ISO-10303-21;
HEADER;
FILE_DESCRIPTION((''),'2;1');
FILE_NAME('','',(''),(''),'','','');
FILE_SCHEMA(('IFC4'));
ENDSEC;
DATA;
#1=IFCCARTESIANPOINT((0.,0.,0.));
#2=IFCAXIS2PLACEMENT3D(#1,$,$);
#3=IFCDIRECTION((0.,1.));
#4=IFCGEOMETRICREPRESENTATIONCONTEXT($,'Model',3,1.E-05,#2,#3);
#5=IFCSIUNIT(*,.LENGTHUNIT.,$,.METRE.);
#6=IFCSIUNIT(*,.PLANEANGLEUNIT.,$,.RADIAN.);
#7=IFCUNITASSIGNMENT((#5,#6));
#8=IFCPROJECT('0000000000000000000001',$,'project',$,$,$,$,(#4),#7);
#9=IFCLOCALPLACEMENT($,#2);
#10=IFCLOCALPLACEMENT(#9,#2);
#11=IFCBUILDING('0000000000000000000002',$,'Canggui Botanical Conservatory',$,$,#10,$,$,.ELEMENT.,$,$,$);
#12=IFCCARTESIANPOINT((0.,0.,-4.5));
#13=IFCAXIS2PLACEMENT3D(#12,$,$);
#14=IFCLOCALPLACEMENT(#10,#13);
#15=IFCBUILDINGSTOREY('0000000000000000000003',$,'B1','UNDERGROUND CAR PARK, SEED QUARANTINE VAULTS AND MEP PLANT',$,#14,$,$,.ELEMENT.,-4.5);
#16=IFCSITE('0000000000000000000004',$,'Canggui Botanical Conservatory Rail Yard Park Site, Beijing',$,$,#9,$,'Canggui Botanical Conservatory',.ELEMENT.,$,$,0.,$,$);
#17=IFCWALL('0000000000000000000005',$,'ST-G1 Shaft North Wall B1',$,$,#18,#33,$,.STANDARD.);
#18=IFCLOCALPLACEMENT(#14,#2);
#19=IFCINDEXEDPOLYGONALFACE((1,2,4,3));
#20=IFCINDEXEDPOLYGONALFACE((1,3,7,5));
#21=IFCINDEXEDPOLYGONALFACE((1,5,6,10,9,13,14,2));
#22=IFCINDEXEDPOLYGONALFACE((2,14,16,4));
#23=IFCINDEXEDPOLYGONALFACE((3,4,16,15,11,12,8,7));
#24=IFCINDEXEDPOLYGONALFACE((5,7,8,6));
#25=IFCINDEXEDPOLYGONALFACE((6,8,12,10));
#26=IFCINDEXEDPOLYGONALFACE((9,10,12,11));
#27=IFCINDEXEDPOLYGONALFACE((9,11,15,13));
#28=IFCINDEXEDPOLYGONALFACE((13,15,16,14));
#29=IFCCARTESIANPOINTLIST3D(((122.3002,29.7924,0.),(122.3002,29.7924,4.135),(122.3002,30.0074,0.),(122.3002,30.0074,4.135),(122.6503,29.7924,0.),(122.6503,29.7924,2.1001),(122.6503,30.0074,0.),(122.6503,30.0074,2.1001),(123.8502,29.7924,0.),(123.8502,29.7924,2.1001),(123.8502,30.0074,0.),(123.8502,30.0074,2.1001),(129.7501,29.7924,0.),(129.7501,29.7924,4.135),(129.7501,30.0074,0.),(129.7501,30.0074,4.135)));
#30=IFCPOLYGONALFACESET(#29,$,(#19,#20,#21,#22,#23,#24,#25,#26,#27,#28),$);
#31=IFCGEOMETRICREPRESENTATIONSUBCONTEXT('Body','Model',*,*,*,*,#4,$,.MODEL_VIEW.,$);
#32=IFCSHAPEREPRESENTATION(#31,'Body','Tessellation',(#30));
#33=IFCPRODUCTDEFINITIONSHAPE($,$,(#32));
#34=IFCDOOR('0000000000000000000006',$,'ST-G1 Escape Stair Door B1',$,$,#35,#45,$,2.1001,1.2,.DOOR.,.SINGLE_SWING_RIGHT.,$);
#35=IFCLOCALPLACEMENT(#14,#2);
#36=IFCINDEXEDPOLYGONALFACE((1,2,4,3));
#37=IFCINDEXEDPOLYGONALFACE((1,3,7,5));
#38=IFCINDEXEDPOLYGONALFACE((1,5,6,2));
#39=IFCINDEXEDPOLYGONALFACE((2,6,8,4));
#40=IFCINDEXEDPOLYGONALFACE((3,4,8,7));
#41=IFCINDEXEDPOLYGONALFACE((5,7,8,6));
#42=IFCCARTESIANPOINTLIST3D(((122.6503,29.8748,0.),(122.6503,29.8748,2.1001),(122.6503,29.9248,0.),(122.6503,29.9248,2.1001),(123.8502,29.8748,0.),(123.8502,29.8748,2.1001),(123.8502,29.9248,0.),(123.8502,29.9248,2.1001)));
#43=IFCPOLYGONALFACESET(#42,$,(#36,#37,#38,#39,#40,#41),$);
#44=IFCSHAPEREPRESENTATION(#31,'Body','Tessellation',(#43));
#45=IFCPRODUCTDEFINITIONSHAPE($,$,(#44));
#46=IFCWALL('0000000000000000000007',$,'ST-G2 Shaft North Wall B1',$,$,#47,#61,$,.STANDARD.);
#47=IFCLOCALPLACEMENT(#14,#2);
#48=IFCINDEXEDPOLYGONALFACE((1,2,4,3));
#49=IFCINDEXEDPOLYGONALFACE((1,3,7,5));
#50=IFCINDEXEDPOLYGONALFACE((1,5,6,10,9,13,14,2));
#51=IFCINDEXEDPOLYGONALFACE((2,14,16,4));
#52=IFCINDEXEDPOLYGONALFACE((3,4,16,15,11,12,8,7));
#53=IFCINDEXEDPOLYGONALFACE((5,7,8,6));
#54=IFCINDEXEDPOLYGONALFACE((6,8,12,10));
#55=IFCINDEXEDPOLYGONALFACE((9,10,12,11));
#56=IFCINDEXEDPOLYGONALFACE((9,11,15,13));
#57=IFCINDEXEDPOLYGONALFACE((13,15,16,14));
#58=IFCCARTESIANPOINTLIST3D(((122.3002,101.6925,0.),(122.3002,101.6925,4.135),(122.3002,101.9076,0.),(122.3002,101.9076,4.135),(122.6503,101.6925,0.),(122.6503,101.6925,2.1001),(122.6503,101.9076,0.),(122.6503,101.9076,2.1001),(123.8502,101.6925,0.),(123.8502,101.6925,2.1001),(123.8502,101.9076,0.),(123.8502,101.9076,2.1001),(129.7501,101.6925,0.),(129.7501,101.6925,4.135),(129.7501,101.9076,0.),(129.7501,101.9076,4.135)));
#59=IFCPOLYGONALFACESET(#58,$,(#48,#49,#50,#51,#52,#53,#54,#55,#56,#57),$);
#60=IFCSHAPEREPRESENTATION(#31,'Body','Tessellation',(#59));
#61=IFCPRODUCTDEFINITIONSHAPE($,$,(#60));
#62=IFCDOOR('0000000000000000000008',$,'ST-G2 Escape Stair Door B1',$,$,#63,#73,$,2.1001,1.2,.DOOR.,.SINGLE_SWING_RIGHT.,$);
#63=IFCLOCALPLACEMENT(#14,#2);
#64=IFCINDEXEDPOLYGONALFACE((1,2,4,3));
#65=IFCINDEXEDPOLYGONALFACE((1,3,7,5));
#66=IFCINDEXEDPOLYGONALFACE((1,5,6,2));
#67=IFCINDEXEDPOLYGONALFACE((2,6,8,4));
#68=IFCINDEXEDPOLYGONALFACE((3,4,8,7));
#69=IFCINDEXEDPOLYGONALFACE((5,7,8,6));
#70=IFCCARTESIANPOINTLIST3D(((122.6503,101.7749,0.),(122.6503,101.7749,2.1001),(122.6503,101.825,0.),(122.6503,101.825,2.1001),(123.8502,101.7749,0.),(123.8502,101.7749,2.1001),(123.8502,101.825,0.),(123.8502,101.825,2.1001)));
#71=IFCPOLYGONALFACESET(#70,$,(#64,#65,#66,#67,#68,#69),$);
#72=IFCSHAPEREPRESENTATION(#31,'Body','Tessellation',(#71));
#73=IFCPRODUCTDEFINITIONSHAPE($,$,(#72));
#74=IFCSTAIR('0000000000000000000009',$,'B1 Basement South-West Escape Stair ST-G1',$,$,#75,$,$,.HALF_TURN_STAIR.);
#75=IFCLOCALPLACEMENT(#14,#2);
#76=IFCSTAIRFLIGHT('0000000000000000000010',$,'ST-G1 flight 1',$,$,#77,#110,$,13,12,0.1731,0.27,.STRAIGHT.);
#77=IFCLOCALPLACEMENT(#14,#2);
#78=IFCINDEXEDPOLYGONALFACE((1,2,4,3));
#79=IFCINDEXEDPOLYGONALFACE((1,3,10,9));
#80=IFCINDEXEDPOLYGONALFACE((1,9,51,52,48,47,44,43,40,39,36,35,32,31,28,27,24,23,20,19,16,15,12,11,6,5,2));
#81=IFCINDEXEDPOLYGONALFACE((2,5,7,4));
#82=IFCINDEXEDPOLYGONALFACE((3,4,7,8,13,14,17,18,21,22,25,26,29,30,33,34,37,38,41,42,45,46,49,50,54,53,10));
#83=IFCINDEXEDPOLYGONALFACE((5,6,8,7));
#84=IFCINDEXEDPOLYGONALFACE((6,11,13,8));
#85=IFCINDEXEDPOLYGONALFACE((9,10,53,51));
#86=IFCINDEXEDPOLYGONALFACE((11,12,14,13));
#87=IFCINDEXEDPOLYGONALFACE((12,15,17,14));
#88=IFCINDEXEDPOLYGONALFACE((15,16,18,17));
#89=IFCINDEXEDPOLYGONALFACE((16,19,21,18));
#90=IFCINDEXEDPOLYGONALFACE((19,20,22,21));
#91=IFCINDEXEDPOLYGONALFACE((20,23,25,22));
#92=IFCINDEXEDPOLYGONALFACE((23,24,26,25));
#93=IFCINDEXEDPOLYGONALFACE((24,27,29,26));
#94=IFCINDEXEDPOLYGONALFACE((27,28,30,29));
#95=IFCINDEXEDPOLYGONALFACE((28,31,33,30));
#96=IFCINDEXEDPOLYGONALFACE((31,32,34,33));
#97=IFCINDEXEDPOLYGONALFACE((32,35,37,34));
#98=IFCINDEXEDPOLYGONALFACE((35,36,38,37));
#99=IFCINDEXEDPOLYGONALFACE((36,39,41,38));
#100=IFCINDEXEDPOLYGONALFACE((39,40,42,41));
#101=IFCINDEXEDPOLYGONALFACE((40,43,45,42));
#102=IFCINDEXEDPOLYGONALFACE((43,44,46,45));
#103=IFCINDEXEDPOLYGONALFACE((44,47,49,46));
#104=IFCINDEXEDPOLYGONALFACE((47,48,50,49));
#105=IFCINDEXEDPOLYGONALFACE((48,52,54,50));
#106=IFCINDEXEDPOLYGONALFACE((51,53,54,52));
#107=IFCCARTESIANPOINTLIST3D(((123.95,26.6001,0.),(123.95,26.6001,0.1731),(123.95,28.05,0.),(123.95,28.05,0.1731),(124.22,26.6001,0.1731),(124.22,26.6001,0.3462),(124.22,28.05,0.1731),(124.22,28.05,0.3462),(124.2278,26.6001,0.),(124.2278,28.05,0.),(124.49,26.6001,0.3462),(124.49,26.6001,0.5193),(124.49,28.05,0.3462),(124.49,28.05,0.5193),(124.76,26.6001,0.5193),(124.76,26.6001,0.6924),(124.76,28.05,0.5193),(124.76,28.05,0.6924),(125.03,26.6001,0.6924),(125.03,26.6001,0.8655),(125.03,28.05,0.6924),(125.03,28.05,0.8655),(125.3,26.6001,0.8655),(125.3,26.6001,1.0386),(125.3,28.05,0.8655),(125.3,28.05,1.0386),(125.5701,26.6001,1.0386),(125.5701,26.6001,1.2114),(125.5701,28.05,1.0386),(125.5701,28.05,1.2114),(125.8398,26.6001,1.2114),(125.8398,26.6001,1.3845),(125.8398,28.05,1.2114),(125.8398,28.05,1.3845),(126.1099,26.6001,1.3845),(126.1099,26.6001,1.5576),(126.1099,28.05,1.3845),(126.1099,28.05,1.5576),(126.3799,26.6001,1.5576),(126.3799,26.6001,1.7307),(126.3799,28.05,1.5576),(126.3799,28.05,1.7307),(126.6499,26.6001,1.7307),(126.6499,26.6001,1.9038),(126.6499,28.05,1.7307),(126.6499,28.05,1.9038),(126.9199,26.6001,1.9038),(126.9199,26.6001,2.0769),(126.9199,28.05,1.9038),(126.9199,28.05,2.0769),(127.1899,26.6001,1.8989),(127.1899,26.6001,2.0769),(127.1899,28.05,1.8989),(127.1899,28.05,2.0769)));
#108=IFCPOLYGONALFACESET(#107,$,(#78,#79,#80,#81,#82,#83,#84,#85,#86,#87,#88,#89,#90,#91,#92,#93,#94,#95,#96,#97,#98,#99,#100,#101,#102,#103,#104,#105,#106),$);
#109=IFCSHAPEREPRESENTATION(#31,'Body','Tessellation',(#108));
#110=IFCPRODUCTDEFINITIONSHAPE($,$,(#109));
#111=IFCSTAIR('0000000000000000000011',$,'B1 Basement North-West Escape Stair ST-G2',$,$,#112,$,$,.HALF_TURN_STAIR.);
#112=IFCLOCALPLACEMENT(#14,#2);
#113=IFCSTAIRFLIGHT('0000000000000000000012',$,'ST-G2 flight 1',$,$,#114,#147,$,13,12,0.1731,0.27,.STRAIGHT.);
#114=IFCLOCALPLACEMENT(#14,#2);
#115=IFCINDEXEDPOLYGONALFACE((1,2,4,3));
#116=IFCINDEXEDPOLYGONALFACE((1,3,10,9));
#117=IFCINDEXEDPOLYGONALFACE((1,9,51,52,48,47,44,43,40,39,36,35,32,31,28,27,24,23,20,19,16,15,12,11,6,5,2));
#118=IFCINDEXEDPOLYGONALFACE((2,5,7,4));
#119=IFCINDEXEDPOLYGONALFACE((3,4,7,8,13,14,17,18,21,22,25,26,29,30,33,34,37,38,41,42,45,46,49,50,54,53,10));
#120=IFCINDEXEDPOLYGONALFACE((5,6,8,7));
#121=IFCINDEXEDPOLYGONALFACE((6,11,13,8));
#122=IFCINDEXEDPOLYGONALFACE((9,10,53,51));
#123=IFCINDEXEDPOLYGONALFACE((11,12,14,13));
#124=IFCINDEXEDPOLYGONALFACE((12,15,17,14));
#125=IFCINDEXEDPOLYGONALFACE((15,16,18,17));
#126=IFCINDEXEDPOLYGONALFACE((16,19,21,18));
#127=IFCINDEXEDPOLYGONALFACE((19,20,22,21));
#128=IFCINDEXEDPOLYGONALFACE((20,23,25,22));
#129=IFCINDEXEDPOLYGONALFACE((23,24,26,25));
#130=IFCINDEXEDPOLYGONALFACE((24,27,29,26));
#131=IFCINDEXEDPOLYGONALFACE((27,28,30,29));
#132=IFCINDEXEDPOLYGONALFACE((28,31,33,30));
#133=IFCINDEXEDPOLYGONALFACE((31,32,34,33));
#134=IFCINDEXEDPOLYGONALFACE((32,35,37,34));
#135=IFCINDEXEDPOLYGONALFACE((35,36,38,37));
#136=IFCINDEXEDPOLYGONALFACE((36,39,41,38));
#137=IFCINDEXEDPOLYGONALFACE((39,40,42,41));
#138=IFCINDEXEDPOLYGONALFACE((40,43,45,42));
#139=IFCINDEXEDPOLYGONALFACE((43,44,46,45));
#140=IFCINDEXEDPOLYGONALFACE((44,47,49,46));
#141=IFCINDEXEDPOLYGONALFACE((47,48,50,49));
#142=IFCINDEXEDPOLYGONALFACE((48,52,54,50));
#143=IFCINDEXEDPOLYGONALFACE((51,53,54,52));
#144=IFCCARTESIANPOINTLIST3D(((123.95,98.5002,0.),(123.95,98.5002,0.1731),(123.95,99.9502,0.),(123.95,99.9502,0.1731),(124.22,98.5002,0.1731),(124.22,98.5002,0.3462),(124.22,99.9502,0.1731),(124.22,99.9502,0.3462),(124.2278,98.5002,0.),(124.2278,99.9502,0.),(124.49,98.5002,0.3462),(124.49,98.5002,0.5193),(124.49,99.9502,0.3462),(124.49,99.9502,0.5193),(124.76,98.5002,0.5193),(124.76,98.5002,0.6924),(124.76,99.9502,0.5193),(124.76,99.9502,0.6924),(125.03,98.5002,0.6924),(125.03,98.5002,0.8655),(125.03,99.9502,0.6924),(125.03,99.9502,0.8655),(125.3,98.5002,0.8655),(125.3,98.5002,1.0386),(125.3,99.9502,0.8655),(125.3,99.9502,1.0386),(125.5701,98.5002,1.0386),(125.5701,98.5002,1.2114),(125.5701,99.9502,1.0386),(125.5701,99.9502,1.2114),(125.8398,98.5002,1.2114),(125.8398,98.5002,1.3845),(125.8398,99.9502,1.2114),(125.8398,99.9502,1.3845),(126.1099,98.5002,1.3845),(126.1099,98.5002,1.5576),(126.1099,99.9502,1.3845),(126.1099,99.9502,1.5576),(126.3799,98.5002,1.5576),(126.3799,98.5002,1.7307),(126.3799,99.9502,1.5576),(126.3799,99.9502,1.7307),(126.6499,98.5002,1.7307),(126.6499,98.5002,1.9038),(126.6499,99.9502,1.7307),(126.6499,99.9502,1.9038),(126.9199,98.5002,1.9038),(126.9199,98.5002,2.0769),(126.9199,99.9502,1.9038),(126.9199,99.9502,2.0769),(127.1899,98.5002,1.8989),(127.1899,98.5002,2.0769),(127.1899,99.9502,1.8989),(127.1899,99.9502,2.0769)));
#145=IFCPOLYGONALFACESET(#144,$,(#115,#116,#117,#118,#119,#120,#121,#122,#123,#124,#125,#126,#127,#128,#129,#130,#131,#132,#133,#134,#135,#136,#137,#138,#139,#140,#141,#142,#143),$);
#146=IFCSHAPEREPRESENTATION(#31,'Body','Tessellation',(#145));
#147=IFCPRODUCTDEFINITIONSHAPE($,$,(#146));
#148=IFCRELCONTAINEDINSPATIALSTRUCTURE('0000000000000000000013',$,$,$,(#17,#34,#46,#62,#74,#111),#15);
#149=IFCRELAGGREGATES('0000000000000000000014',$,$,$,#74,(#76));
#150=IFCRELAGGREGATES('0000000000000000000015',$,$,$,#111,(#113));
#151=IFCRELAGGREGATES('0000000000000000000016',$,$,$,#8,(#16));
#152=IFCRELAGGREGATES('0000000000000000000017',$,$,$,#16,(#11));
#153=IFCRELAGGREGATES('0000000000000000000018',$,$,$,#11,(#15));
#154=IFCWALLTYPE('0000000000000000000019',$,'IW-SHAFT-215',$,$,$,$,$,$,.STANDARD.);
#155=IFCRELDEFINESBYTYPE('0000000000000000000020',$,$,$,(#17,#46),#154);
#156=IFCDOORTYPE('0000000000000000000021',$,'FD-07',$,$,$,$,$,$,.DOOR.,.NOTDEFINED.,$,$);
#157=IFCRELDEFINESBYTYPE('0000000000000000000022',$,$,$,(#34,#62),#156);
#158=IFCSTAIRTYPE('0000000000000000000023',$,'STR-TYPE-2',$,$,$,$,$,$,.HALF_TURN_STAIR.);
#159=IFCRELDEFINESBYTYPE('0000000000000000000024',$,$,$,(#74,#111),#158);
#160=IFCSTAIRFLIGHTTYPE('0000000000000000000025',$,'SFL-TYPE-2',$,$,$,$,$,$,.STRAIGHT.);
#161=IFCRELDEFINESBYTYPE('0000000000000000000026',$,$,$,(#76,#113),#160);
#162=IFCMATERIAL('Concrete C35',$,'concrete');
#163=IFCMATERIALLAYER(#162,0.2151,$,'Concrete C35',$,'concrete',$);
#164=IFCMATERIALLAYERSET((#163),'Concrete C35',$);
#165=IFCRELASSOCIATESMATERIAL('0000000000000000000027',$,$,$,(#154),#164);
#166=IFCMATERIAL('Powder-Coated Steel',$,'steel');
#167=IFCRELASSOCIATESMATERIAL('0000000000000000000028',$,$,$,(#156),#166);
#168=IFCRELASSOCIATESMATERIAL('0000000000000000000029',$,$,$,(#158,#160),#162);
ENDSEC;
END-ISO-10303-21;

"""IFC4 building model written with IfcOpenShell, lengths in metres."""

from ifc_helpers import new_model, si_unit, direction, frame, frame_2d, origin, place, context, subcontext, project, spatial, polyline, rectangle, outline, extrude, material, layer, layer_set, type_object, element, fill, aggregate, save


model = new_model("IFC4")

# Units and contexts
model_context = context("Model", 3, precision=1e-05, world=origin(), true_north=direction((0.0, 1.0)))
body_context = subcontext(model_context, "Body", "Model", "MODEL_VIEW")
ifc_project = project(units=[si_unit("LENGTHUNIT", "METRE"), si_unit("PLANEANGLEUNIT", "RADIAN")], contexts=[model_context])

# Site, building, storey
site_placement = place(None, origin())
site = spatial("IfcSite", under=ifc_project, at=site_placement, Name="Canggui Botanical Conservatory Rail Yard Park Site, Beijing", LongName="Canggui Botanical Conservatory", CompositionType="ELEMENT", RefElevation=0.0)
building_placement = place(site_placement, origin())
building = spatial("IfcBuilding", under=site, at=building_placement, Name="Canggui Botanical Conservatory", CompositionType="ELEMENT")
storey_placement = place(building_placement, frame((0.0, 0.0, -4.5)))
storey = spatial("IfcBuildingStorey", under=building, at=storey_placement, Name="B1", Description="UNDERGROUND CAR PARK, SEED QUARANTINE VAULTS AND MEP PLANT", CompositionType="ELEMENT", Elevation=-4.5)

# Shared definitions
ifc_material_1 = material(Name="Concrete C35", Category="concrete")

# Walls, openings, doors
ifc_layer_1 = layer(ifc_material_1, 0.2151, Name="Concrete C35", Category="concrete")
ifc_layer_set_1 = layer_set([ifc_layer_1], Name="Concrete C35")
wall_type_1 = type_object("IfcWallType", Name="IW-SHAFT-215", PredefinedType="STANDARD", material=ifc_layer_set_1)
wall_1_placement = place(storey_placement, frame((122.3, 29.8999, 0.0), z_axis=(0.0, 0.0, 1.0), x_axis=(1.0, 0.0, 0.0)))
wall_1 = element("IfcWall", 1, at=wall_1_placement, inside=storey, type_object=wall_type_1, Name="ST-G1 Shaft North Wall B1", PredefinedType="STANDARD", context=body_context, shape_type="SweptSolid", body=[
    extrude(rectangle(XDim=7.45, YDim=0.2151, at=frame_2d((3.7251, 0.0))), origin(), (0.0, 0.0, 1.0), 4.135),
])
opening_1_placement = place(wall_1_placement, frame((0.3501, 0.0, 0.0)))
opening_1 = element("IfcOpeningElement", 2, at=opening_1_placement, cuts=wall_1, PredefinedType="OPENING", context=body_context, shape_type="SweptSolid", body=[
    extrude(rectangle(XDim=1.2, YDim=2.1001, at=frame_2d((0.6001, 1.05))), frame((0.0, 0.1177, 0.0), z_axis=(0.0, -1.0, 0.0), x_axis=(1.0, 0.0, 0.0)), (0.0, 0.0, 1.0), 0.2351),
])
ifc_material_2 = material(Name="Powder-Coated Steel", Category="steel")
door_type = type_object("IfcDoorType", Name="FD-07", OperationType="NOTDEFINED", PredefinedType="DOOR", material=ifc_material_2)
door_1_placement = place(opening_1_placement, origin())
door_1 = element("IfcDoor", 3, at=door_1_placement, inside=storey, type_object=door_type, Name="ST-G1 Escape Stair Door B1", OperationType="SINGLE_SWING_RIGHT", OverallHeight=2.1001, OverallWidth=1.2, PredefinedType="DOOR", context=body_context, shape_type="SweptSolid", body=[
    extrude(rectangle(XDim=1.2, YDim=2.1001, at=frame_2d((0.6001, 1.05))), frame((0.0, 0.0249, 0.0), z_axis=(0.0, -1.0, 0.0), x_axis=(1.0, 0.0, 0.0)), (0.0, 0.0, 1.0), 0.05),
])
fill(opening_1, door_1)
wall_2_placement = place(storey_placement, frame((122.3, 101.8, 0.0), z_axis=(0.0, 0.0, 1.0), x_axis=(1.0, 0.0, 0.0)))
wall_2 = element("IfcWall", 4, at=wall_2_placement, inside=storey, type_object=wall_type_1, Name="ST-G2 Shaft North Wall B1", PredefinedType="STANDARD", context=body_context, shape_type="SweptSolid", body=[
    extrude(rectangle(XDim=7.45, YDim=0.2151, at=frame_2d((3.7251, 0.0))), origin(), (0.0, 0.0, 1.0), 4.135),
])
opening_2_placement = place(wall_2_placement, frame((0.3501, 0.0, 0.0)))
opening_2 = element("IfcOpeningElement", 5, at=opening_2_placement, cuts=wall_2, PredefinedType="OPENING", context=body_context, shape_type="SweptSolid", body=[
    extrude(rectangle(XDim=1.2, YDim=2.1001, at=frame_2d((0.6001, 1.05))), frame((0.0, 0.1177, 0.0), z_axis=(0.0, -1.0, 0.0), x_axis=(1.0, 0.0, 0.0)), (0.0, 0.0, 1.0), 0.2351),
])
door_2_placement = place(opening_2_placement, origin())
door_2 = element("IfcDoor", 6, at=door_2_placement, inside=storey, type_object=door_type, Name="ST-G2 Escape Stair Door B1", OperationType="SINGLE_SWING_RIGHT", OverallHeight=2.1001, OverallWidth=1.2, PredefinedType="DOOR", context=body_context, shape_type="SweptSolid", body=[
    extrude(rectangle(XDim=1.2, YDim=2.1001, at=frame_2d((0.6001, 1.05))), frame((0.0, 0.0249, 0.0), z_axis=(0.0, -1.0, 0.0), x_axis=(1.0, 0.0, 0.0)), (0.0, 0.0, 1.0), 0.05),
])
fill(opening_2, door_2)

# Stairs, stair flights
stair_type = type_object("IfcStairType", Name="STR-TYPE-2", PredefinedType="HALF_TURN_STAIR", material=ifc_material_1)
stair_1_placement = place(storey_placement, origin())
stair_1 = element("IfcStair", 7, at=stair_1_placement, inside=storey, type_object=stair_type, Name="B1 Basement South-West Escape Stair ST-G1", PredefinedType="HALF_TURN_STAIR")
stair_flight_type = type_object("IfcStairFlightType", Name="SFL-TYPE-2", PredefinedType="STRAIGHT", material=ifc_material_1)
stair_flight_1_placement = place(storey_placement, frame((123.95, 27.325, 0.0), z_axis=(0.0, 0.0, 1.0), x_axis=(1.0, 0.0, 0.0)))
stair_flight_1 = element("IfcStairFlight", 8, at=stair_flight_1_placement, type_object=stair_flight_type, Name="ST-G1 flight 1", NumberOfRisers=13, NumberOfTreads=12, PredefinedType="STRAIGHT", RiserHeight=0.1731, TreadLength=0.27, context=body_context, shape_type="SweptSolid", body=[
    extrude(outline(polyline([(0.0, 0.0), (0.0, 0.1731), (0.27, 0.1731), (0.27, 0.3462), (0.54, 0.3462), (0.54, 0.5193), (0.8101, 0.5193), (0.8101, 0.6924), (1.0801, 0.6924), (1.0801, 0.8655), (1.3501, 0.8655), (1.3501, 1.0386), (1.6201, 1.0386), (1.6201, 1.2114), (1.8899, 1.2114), (1.8899, 1.3845), (2.1599, 1.3845), (2.1599, 1.5576), (2.4299, 1.5576), (2.4299, 1.7307), (2.7, 1.7307), (2.7, 1.9038), (2.97, 1.9038), (2.97, 2.0769), (3.24, 2.0769), (3.24, 2.25), (3.24, 1.8989), (0.2778, 0.0), (0.0, 0.0)])), frame((0.0, 0.7251, 0.0), z_axis=(0.0, -1.0, 0.0), x_axis=(1.0, 0.0, 0.0)), (0.0, 0.0, 1.0), 1.45),
])
aggregate(stair_1, [stair_flight_1])
stair_2_placement = place(storey_placement, origin())
stair_2 = element("IfcStair", 9, at=stair_2_placement, inside=storey, type_object=stair_type, Name="B1 Basement North-West Escape Stair ST-G2", PredefinedType="HALF_TURN_STAIR")
stair_flight_2_placement = place(storey_placement, frame((123.95, 99.2251, 0.0), z_axis=(0.0, 0.0, 1.0), x_axis=(1.0, 0.0, 0.0)))
stair_flight_2 = element("IfcStairFlight", 10, at=stair_flight_2_placement, type_object=stair_flight_type, Name="ST-G2 flight 1", NumberOfRisers=13, NumberOfTreads=12, PredefinedType="STRAIGHT", RiserHeight=0.1731, TreadLength=0.27, context=body_context, shape_type="SweptSolid", body=[
    extrude(outline(polyline([(0.0, 0.0), (0.0, 0.1731), (0.27, 0.1731), (0.27, 0.3462), (0.54, 0.3462), (0.54, 0.5193), (0.8101, 0.5193), (0.8101, 0.6924), (1.0801, 0.6924), (1.0801, 0.8655), (1.3501, 0.8655), (1.3501, 1.0386), (1.6201, 1.0386), (1.6201, 1.2114), (1.8899, 1.2114), (1.8899, 1.3845), (2.1599, 1.3845), (2.1599, 1.5576), (2.4299, 1.5576), (2.4299, 1.7307), (2.7, 1.7307), (2.7, 1.9038), (2.97, 1.9038), (2.97, 2.0769), (3.24, 2.0769), (3.24, 2.25), (3.24, 1.8989), (0.2778, 0.0), (0.0, 0.0)])), frame((0.0, 0.7251, 0.0), z_axis=(0.0, -1.0, 0.0), x_axis=(1.0, 0.0, 0.0)), (0.0, 0.0, 1.0), 1.45),
])
aggregate(stair_2, [stair_flight_2])

save(model, "model.ifc")
